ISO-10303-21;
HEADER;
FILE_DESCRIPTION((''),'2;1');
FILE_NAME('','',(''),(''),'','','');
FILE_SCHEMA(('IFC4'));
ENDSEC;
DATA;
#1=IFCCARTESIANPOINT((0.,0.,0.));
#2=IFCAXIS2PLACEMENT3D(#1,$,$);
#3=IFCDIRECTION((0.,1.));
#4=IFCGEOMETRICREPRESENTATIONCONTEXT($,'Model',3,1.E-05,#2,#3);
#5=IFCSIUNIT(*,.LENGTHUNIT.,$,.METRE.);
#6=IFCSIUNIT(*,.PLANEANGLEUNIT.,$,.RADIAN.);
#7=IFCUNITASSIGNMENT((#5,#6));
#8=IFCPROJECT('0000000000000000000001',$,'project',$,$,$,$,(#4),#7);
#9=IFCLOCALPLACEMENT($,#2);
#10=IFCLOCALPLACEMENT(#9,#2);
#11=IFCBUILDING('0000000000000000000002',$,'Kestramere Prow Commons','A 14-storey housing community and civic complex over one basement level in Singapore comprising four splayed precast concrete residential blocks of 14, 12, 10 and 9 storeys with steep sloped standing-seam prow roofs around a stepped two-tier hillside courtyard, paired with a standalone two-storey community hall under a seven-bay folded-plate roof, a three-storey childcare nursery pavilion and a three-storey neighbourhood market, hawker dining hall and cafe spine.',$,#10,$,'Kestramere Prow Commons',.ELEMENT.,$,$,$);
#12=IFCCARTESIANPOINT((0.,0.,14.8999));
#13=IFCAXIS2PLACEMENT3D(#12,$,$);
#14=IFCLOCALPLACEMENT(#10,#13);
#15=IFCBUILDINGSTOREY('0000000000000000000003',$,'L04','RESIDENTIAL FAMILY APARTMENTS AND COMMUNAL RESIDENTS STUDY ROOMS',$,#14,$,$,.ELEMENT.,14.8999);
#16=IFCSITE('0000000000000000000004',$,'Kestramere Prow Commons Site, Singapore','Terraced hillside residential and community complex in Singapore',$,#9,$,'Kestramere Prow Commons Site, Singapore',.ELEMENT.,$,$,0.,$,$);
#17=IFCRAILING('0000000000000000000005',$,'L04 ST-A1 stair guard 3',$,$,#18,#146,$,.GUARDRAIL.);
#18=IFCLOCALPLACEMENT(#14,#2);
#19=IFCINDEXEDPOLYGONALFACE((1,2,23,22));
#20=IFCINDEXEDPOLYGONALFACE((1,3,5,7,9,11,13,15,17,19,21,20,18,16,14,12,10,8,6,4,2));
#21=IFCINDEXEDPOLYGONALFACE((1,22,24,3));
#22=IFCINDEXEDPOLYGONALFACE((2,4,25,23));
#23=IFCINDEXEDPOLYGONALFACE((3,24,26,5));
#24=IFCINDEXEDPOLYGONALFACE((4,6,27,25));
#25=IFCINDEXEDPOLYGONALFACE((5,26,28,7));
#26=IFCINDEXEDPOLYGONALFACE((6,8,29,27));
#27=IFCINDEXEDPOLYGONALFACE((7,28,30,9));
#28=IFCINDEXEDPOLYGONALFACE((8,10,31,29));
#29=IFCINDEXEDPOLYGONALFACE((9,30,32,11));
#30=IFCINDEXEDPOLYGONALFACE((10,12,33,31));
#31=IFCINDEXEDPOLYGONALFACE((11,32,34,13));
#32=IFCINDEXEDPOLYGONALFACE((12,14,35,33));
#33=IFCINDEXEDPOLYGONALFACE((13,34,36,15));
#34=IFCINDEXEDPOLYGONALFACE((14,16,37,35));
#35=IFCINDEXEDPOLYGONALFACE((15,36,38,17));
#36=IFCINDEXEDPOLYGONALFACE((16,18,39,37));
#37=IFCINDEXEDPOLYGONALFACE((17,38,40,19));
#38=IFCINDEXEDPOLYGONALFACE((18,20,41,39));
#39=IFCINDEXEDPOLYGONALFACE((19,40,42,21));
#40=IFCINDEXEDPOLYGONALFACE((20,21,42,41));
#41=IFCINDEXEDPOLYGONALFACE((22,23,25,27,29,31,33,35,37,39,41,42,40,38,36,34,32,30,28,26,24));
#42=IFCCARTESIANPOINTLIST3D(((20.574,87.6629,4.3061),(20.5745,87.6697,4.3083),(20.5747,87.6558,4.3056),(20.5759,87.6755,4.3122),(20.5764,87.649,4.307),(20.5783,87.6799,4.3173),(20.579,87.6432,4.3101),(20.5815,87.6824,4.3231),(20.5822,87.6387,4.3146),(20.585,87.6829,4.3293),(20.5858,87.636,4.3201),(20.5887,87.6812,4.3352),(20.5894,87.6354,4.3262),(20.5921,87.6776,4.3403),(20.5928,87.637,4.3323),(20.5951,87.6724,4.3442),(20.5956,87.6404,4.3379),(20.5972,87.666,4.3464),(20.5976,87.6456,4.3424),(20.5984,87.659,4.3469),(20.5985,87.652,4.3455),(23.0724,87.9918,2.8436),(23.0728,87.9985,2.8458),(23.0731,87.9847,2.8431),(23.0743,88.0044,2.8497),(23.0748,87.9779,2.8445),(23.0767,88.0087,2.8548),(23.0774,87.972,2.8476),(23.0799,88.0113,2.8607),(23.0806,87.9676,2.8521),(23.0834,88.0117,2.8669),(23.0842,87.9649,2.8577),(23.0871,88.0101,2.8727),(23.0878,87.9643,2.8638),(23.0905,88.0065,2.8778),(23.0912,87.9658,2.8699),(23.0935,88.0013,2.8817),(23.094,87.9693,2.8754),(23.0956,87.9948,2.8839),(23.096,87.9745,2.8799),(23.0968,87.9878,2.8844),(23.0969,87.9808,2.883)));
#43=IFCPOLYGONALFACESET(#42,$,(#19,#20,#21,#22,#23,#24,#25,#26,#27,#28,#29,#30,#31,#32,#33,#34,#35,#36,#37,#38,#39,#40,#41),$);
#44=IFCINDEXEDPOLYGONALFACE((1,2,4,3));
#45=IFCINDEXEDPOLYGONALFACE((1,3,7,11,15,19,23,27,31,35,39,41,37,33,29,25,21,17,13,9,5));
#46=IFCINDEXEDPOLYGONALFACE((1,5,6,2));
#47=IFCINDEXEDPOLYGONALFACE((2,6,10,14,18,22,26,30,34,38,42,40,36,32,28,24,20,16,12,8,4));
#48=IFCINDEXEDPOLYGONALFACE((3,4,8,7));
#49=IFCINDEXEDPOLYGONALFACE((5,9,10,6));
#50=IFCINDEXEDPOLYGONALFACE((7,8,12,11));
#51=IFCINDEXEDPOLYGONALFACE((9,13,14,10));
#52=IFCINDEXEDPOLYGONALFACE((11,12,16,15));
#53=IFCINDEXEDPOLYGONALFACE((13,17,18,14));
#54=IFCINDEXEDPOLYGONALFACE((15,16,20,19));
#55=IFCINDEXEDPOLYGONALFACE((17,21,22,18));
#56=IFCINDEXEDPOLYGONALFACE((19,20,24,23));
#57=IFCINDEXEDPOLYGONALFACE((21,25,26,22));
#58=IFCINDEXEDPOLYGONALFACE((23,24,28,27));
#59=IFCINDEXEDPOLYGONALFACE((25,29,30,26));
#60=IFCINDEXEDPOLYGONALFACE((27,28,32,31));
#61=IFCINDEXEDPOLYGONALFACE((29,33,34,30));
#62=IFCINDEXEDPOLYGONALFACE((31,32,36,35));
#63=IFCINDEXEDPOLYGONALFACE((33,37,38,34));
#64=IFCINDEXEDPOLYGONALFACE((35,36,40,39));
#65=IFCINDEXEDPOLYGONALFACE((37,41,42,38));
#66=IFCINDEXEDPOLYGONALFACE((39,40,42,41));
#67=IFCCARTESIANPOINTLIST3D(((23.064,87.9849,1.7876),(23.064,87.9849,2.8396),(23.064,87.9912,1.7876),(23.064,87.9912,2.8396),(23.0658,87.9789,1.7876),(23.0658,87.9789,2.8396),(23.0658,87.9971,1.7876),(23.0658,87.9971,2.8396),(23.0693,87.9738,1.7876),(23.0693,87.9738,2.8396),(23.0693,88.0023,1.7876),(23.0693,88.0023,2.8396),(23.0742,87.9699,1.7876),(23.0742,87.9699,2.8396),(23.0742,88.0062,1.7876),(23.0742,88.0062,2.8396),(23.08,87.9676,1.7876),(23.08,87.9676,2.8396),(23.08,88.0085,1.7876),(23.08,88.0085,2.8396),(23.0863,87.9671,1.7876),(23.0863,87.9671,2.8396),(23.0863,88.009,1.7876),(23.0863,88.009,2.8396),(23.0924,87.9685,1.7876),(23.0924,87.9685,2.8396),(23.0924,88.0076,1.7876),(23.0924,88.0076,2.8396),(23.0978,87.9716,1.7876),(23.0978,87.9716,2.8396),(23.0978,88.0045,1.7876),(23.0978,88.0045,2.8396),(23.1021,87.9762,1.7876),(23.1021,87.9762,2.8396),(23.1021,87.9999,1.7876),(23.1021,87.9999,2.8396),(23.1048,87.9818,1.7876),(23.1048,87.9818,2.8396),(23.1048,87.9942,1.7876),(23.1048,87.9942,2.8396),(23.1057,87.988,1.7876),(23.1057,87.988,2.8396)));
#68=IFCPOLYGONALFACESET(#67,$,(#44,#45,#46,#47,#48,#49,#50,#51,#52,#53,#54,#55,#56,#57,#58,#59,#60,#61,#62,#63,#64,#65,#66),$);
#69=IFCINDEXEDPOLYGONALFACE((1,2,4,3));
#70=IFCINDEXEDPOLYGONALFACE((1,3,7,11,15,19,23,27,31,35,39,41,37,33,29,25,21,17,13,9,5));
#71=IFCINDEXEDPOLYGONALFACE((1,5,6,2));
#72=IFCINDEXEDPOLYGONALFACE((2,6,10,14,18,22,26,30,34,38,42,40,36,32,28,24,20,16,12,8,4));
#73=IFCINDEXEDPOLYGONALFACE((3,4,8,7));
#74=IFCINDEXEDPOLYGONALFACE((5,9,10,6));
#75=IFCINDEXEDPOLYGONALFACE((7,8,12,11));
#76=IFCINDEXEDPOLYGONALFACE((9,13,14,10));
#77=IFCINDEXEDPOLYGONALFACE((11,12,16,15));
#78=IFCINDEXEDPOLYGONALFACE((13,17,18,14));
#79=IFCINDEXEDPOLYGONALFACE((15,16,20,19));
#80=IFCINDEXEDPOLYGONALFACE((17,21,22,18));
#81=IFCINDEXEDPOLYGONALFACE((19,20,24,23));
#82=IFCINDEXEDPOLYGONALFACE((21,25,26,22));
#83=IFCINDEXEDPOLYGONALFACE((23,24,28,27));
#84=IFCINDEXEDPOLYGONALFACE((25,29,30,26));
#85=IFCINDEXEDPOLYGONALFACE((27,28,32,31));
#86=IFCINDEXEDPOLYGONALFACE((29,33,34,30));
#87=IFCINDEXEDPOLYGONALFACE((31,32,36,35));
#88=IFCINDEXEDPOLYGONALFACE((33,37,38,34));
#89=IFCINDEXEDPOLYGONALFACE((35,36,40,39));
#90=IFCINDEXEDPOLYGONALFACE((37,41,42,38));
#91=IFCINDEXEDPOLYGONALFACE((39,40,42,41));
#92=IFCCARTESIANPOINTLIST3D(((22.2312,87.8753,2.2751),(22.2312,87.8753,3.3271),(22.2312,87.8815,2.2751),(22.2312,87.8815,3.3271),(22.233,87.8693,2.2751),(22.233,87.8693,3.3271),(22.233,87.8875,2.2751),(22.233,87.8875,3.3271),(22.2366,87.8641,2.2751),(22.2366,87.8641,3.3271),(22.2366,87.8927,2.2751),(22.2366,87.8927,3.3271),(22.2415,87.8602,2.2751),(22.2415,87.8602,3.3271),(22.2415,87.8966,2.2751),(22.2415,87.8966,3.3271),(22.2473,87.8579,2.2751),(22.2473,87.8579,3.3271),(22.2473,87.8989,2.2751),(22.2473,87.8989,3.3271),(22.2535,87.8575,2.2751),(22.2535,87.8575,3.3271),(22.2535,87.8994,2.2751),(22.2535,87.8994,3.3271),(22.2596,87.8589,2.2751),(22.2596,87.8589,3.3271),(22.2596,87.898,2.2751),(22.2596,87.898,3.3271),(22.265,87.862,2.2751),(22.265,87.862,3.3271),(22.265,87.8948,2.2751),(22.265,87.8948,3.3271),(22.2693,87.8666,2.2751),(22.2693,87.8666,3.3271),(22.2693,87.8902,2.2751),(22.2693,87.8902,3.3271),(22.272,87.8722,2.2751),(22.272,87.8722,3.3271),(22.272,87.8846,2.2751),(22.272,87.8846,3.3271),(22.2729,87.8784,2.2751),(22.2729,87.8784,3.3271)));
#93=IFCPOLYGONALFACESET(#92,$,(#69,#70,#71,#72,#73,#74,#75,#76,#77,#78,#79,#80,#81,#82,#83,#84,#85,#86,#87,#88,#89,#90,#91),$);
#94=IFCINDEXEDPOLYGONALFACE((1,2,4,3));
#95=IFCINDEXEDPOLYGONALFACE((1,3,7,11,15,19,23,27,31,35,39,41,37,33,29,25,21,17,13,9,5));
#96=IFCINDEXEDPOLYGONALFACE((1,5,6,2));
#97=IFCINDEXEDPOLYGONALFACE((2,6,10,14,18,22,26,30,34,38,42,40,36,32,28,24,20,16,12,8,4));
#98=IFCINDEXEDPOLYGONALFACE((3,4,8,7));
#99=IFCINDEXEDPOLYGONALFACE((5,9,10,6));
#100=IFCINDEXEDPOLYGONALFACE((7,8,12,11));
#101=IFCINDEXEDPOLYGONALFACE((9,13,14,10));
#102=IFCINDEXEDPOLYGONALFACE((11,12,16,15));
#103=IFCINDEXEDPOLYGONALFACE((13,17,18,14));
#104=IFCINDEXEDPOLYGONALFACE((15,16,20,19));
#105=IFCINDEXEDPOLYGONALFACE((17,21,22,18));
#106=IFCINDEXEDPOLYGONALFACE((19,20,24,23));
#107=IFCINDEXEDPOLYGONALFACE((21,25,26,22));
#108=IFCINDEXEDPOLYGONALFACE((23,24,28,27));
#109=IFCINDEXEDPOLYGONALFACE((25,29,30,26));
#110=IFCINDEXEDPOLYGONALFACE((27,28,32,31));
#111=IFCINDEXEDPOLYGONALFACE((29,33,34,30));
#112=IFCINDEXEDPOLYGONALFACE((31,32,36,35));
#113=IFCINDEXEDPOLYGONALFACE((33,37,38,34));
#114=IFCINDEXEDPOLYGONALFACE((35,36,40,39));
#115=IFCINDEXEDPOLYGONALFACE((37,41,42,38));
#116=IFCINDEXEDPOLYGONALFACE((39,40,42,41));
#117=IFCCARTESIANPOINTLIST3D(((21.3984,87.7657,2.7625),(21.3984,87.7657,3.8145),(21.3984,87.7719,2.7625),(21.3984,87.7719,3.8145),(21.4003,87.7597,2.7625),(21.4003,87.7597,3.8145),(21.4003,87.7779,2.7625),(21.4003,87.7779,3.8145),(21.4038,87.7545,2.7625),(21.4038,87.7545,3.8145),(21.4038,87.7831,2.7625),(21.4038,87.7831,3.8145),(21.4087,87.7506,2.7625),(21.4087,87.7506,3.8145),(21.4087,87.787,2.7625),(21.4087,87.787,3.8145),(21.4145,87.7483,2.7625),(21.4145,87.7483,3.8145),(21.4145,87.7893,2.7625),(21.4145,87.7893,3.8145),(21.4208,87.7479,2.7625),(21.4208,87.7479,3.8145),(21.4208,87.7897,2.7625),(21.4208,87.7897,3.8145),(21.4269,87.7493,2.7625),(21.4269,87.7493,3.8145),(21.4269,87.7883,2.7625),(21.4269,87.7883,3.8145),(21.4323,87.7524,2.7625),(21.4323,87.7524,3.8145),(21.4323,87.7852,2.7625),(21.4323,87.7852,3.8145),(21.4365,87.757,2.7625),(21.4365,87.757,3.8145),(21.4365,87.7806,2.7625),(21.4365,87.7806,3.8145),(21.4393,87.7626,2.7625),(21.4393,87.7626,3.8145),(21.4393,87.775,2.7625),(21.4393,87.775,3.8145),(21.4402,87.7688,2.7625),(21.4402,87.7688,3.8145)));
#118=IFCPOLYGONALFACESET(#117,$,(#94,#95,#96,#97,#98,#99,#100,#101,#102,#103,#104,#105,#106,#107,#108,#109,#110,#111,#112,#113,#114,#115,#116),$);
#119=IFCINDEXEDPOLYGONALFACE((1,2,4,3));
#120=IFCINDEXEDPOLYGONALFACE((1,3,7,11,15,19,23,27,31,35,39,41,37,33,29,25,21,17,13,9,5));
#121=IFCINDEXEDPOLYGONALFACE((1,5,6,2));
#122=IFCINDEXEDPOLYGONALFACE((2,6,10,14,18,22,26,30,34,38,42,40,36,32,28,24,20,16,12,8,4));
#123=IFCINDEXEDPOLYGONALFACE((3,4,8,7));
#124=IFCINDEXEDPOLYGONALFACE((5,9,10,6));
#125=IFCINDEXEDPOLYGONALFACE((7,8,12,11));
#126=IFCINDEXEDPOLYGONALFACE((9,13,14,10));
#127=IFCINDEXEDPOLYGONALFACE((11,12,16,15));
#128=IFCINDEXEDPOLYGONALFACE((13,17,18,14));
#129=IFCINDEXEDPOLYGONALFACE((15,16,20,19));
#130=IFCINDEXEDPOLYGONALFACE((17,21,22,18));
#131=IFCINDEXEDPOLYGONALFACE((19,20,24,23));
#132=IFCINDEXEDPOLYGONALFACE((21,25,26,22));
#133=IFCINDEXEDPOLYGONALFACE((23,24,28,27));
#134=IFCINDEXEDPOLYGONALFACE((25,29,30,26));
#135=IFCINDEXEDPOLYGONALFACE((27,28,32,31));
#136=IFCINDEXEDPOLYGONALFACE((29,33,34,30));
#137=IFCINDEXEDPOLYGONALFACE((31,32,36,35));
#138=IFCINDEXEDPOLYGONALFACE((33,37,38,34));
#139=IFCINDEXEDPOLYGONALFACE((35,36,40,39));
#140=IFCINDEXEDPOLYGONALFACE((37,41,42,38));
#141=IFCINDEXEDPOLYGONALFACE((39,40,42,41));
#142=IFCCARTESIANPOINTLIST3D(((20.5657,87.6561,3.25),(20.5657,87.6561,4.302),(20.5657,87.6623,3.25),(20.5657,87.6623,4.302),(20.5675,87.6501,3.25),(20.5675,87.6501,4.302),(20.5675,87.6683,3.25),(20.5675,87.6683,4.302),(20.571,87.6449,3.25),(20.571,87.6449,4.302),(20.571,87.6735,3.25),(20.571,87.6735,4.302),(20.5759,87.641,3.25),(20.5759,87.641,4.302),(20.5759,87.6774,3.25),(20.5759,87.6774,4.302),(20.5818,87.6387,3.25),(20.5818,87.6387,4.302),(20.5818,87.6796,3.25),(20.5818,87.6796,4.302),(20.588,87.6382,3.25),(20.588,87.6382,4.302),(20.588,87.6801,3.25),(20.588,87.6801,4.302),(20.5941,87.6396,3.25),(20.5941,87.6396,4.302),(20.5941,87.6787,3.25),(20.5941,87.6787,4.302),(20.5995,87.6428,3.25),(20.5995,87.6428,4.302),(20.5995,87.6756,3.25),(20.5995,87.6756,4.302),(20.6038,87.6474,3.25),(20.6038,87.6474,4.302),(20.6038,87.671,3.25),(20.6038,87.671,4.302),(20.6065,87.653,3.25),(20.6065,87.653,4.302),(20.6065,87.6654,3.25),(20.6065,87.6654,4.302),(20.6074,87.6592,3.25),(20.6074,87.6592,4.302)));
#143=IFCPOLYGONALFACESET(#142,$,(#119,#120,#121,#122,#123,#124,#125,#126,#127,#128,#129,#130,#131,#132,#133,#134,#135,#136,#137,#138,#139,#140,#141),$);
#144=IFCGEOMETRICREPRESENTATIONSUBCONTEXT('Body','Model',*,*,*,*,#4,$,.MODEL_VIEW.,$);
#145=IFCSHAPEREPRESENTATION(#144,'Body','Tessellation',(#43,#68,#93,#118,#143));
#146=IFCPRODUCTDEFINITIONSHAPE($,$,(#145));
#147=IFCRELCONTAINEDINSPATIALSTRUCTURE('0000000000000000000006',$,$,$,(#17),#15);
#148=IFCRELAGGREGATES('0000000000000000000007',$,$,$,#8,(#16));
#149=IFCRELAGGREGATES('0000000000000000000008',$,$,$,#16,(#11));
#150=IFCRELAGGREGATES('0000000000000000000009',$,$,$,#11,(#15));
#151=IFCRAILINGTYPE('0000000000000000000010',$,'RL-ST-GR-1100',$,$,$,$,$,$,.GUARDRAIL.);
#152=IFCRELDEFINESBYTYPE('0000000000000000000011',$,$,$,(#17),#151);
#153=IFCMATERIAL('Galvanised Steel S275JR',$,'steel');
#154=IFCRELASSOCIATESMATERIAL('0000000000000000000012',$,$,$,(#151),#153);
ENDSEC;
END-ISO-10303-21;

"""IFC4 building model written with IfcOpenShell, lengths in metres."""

from ifc_helpers import new_model, si_unit, direction, frame, origin, origin_2d, place, context, subcontext, project, spatial, circle, extrude, material, type_object, element, save


model = new_model("IFC4")

# Units and contexts
model_context = context("Model", 3, precision=1e-05, world=origin(), true_north=direction((0.0, 1.0)))
body_context = subcontext(model_context, "Body", "Model", "MODEL_VIEW")
ifc_project = project(units=[si_unit("LENGTHUNIT", "METRE"), si_unit("PLANEANGLEUNIT", "RADIAN")], contexts=[model_context])

# Site, building, storey
site_placement = place(None, origin())
site = spatial("IfcSite", under=ifc_project, at=site_placement, Name="Kestramere Prow Commons Site, Singapore", Description="Terraced hillside residential and community complex in Singapore", LongName="Kestramere Prow Commons Site, Singapore", CompositionType="ELEMENT", RefElevation=0.0)
building_placement = place(site_placement, origin())
building = spatial("IfcBuilding", under=site, at=building_placement, Name="Kestramere Prow Commons", Description="A 14-storey housing community and civic complex over one basement level in Singapore comprising four splayed precast concrete residential blocks of 14, 12, 10 and 9 storeys with steep sloped standing-seam prow roofs around a stepped two-tier hillside courtyard, paired with a standalone two-storey community hall under a seven-bay folded-plate roof, a three-storey childcare nursery pavilion and a three-storey neighbourhood market, hawker dining hall and cafe spine.", LongName="Kestramere Prow Commons", CompositionType="ELEMENT")
storey_placement = place(building_placement, frame((0.0, 0.0, 14.8999)))
storey = spatial("IfcBuildingStorey", under=building, at=storey_placement, Name="L04", Description="RESIDENTIAL FAMILY APARTMENTS AND COMMUNAL RESIDENTS STUDY ROOMS", CompositionType="ELEMENT", Elevation=14.8999)

# Railing
ifc_material_1 = material(Name="Galvanised Steel S275JR", Category="steel")
railing_type_1 = type_object("IfcRailingType", Name="RL-ST-GR-1100", PredefinedType="GUARDRAIL", material=ifc_material_1)
railing_1_placement = place(storey_placement, frame((23.0847, 87.988, 1.7876)))
element("IfcRailing", 1, at=railing_1_placement, inside=storey, type_object=railing_type_1, Name="L04 ST-A1 stair guard 3", PredefinedType="GUARDRAIL", context=body_context, shape_type="SweptSolid", body=[
    extrude(circle(Radius=0.0239, at=origin_2d()), frame((0.0, 0.0, 1.0762), z_axis=(-0.857501, -0.112875, 0.501948), x_axis=(0.130507, -0.991447, 0.0)), (0.0, 0.0, 1.0), 2.9136),
    extrude(circle(Radius=0.021, at=origin_2d()), origin(), (0.0, 0.0, 1.0), 1.052),
    extrude(circle(Radius=0.021, at=origin_2d()), frame((-0.8328, -0.1096, 0.4875)), (0.0, 0.0, 1.0), 1.052),
    extrude(circle(Radius=0.021, at=origin_2d()), frame((-1.6655, -0.2192, 0.9749)), (0.0, 0.0, 1.0), 1.052),
    extrude(circle(Radius=0.021, at=origin_2d()), frame((-2.4983, -0.3289, 1.4624)), (0.0, 0.0, 1.0), 1.052),
])

save(model, "model.ifc")
